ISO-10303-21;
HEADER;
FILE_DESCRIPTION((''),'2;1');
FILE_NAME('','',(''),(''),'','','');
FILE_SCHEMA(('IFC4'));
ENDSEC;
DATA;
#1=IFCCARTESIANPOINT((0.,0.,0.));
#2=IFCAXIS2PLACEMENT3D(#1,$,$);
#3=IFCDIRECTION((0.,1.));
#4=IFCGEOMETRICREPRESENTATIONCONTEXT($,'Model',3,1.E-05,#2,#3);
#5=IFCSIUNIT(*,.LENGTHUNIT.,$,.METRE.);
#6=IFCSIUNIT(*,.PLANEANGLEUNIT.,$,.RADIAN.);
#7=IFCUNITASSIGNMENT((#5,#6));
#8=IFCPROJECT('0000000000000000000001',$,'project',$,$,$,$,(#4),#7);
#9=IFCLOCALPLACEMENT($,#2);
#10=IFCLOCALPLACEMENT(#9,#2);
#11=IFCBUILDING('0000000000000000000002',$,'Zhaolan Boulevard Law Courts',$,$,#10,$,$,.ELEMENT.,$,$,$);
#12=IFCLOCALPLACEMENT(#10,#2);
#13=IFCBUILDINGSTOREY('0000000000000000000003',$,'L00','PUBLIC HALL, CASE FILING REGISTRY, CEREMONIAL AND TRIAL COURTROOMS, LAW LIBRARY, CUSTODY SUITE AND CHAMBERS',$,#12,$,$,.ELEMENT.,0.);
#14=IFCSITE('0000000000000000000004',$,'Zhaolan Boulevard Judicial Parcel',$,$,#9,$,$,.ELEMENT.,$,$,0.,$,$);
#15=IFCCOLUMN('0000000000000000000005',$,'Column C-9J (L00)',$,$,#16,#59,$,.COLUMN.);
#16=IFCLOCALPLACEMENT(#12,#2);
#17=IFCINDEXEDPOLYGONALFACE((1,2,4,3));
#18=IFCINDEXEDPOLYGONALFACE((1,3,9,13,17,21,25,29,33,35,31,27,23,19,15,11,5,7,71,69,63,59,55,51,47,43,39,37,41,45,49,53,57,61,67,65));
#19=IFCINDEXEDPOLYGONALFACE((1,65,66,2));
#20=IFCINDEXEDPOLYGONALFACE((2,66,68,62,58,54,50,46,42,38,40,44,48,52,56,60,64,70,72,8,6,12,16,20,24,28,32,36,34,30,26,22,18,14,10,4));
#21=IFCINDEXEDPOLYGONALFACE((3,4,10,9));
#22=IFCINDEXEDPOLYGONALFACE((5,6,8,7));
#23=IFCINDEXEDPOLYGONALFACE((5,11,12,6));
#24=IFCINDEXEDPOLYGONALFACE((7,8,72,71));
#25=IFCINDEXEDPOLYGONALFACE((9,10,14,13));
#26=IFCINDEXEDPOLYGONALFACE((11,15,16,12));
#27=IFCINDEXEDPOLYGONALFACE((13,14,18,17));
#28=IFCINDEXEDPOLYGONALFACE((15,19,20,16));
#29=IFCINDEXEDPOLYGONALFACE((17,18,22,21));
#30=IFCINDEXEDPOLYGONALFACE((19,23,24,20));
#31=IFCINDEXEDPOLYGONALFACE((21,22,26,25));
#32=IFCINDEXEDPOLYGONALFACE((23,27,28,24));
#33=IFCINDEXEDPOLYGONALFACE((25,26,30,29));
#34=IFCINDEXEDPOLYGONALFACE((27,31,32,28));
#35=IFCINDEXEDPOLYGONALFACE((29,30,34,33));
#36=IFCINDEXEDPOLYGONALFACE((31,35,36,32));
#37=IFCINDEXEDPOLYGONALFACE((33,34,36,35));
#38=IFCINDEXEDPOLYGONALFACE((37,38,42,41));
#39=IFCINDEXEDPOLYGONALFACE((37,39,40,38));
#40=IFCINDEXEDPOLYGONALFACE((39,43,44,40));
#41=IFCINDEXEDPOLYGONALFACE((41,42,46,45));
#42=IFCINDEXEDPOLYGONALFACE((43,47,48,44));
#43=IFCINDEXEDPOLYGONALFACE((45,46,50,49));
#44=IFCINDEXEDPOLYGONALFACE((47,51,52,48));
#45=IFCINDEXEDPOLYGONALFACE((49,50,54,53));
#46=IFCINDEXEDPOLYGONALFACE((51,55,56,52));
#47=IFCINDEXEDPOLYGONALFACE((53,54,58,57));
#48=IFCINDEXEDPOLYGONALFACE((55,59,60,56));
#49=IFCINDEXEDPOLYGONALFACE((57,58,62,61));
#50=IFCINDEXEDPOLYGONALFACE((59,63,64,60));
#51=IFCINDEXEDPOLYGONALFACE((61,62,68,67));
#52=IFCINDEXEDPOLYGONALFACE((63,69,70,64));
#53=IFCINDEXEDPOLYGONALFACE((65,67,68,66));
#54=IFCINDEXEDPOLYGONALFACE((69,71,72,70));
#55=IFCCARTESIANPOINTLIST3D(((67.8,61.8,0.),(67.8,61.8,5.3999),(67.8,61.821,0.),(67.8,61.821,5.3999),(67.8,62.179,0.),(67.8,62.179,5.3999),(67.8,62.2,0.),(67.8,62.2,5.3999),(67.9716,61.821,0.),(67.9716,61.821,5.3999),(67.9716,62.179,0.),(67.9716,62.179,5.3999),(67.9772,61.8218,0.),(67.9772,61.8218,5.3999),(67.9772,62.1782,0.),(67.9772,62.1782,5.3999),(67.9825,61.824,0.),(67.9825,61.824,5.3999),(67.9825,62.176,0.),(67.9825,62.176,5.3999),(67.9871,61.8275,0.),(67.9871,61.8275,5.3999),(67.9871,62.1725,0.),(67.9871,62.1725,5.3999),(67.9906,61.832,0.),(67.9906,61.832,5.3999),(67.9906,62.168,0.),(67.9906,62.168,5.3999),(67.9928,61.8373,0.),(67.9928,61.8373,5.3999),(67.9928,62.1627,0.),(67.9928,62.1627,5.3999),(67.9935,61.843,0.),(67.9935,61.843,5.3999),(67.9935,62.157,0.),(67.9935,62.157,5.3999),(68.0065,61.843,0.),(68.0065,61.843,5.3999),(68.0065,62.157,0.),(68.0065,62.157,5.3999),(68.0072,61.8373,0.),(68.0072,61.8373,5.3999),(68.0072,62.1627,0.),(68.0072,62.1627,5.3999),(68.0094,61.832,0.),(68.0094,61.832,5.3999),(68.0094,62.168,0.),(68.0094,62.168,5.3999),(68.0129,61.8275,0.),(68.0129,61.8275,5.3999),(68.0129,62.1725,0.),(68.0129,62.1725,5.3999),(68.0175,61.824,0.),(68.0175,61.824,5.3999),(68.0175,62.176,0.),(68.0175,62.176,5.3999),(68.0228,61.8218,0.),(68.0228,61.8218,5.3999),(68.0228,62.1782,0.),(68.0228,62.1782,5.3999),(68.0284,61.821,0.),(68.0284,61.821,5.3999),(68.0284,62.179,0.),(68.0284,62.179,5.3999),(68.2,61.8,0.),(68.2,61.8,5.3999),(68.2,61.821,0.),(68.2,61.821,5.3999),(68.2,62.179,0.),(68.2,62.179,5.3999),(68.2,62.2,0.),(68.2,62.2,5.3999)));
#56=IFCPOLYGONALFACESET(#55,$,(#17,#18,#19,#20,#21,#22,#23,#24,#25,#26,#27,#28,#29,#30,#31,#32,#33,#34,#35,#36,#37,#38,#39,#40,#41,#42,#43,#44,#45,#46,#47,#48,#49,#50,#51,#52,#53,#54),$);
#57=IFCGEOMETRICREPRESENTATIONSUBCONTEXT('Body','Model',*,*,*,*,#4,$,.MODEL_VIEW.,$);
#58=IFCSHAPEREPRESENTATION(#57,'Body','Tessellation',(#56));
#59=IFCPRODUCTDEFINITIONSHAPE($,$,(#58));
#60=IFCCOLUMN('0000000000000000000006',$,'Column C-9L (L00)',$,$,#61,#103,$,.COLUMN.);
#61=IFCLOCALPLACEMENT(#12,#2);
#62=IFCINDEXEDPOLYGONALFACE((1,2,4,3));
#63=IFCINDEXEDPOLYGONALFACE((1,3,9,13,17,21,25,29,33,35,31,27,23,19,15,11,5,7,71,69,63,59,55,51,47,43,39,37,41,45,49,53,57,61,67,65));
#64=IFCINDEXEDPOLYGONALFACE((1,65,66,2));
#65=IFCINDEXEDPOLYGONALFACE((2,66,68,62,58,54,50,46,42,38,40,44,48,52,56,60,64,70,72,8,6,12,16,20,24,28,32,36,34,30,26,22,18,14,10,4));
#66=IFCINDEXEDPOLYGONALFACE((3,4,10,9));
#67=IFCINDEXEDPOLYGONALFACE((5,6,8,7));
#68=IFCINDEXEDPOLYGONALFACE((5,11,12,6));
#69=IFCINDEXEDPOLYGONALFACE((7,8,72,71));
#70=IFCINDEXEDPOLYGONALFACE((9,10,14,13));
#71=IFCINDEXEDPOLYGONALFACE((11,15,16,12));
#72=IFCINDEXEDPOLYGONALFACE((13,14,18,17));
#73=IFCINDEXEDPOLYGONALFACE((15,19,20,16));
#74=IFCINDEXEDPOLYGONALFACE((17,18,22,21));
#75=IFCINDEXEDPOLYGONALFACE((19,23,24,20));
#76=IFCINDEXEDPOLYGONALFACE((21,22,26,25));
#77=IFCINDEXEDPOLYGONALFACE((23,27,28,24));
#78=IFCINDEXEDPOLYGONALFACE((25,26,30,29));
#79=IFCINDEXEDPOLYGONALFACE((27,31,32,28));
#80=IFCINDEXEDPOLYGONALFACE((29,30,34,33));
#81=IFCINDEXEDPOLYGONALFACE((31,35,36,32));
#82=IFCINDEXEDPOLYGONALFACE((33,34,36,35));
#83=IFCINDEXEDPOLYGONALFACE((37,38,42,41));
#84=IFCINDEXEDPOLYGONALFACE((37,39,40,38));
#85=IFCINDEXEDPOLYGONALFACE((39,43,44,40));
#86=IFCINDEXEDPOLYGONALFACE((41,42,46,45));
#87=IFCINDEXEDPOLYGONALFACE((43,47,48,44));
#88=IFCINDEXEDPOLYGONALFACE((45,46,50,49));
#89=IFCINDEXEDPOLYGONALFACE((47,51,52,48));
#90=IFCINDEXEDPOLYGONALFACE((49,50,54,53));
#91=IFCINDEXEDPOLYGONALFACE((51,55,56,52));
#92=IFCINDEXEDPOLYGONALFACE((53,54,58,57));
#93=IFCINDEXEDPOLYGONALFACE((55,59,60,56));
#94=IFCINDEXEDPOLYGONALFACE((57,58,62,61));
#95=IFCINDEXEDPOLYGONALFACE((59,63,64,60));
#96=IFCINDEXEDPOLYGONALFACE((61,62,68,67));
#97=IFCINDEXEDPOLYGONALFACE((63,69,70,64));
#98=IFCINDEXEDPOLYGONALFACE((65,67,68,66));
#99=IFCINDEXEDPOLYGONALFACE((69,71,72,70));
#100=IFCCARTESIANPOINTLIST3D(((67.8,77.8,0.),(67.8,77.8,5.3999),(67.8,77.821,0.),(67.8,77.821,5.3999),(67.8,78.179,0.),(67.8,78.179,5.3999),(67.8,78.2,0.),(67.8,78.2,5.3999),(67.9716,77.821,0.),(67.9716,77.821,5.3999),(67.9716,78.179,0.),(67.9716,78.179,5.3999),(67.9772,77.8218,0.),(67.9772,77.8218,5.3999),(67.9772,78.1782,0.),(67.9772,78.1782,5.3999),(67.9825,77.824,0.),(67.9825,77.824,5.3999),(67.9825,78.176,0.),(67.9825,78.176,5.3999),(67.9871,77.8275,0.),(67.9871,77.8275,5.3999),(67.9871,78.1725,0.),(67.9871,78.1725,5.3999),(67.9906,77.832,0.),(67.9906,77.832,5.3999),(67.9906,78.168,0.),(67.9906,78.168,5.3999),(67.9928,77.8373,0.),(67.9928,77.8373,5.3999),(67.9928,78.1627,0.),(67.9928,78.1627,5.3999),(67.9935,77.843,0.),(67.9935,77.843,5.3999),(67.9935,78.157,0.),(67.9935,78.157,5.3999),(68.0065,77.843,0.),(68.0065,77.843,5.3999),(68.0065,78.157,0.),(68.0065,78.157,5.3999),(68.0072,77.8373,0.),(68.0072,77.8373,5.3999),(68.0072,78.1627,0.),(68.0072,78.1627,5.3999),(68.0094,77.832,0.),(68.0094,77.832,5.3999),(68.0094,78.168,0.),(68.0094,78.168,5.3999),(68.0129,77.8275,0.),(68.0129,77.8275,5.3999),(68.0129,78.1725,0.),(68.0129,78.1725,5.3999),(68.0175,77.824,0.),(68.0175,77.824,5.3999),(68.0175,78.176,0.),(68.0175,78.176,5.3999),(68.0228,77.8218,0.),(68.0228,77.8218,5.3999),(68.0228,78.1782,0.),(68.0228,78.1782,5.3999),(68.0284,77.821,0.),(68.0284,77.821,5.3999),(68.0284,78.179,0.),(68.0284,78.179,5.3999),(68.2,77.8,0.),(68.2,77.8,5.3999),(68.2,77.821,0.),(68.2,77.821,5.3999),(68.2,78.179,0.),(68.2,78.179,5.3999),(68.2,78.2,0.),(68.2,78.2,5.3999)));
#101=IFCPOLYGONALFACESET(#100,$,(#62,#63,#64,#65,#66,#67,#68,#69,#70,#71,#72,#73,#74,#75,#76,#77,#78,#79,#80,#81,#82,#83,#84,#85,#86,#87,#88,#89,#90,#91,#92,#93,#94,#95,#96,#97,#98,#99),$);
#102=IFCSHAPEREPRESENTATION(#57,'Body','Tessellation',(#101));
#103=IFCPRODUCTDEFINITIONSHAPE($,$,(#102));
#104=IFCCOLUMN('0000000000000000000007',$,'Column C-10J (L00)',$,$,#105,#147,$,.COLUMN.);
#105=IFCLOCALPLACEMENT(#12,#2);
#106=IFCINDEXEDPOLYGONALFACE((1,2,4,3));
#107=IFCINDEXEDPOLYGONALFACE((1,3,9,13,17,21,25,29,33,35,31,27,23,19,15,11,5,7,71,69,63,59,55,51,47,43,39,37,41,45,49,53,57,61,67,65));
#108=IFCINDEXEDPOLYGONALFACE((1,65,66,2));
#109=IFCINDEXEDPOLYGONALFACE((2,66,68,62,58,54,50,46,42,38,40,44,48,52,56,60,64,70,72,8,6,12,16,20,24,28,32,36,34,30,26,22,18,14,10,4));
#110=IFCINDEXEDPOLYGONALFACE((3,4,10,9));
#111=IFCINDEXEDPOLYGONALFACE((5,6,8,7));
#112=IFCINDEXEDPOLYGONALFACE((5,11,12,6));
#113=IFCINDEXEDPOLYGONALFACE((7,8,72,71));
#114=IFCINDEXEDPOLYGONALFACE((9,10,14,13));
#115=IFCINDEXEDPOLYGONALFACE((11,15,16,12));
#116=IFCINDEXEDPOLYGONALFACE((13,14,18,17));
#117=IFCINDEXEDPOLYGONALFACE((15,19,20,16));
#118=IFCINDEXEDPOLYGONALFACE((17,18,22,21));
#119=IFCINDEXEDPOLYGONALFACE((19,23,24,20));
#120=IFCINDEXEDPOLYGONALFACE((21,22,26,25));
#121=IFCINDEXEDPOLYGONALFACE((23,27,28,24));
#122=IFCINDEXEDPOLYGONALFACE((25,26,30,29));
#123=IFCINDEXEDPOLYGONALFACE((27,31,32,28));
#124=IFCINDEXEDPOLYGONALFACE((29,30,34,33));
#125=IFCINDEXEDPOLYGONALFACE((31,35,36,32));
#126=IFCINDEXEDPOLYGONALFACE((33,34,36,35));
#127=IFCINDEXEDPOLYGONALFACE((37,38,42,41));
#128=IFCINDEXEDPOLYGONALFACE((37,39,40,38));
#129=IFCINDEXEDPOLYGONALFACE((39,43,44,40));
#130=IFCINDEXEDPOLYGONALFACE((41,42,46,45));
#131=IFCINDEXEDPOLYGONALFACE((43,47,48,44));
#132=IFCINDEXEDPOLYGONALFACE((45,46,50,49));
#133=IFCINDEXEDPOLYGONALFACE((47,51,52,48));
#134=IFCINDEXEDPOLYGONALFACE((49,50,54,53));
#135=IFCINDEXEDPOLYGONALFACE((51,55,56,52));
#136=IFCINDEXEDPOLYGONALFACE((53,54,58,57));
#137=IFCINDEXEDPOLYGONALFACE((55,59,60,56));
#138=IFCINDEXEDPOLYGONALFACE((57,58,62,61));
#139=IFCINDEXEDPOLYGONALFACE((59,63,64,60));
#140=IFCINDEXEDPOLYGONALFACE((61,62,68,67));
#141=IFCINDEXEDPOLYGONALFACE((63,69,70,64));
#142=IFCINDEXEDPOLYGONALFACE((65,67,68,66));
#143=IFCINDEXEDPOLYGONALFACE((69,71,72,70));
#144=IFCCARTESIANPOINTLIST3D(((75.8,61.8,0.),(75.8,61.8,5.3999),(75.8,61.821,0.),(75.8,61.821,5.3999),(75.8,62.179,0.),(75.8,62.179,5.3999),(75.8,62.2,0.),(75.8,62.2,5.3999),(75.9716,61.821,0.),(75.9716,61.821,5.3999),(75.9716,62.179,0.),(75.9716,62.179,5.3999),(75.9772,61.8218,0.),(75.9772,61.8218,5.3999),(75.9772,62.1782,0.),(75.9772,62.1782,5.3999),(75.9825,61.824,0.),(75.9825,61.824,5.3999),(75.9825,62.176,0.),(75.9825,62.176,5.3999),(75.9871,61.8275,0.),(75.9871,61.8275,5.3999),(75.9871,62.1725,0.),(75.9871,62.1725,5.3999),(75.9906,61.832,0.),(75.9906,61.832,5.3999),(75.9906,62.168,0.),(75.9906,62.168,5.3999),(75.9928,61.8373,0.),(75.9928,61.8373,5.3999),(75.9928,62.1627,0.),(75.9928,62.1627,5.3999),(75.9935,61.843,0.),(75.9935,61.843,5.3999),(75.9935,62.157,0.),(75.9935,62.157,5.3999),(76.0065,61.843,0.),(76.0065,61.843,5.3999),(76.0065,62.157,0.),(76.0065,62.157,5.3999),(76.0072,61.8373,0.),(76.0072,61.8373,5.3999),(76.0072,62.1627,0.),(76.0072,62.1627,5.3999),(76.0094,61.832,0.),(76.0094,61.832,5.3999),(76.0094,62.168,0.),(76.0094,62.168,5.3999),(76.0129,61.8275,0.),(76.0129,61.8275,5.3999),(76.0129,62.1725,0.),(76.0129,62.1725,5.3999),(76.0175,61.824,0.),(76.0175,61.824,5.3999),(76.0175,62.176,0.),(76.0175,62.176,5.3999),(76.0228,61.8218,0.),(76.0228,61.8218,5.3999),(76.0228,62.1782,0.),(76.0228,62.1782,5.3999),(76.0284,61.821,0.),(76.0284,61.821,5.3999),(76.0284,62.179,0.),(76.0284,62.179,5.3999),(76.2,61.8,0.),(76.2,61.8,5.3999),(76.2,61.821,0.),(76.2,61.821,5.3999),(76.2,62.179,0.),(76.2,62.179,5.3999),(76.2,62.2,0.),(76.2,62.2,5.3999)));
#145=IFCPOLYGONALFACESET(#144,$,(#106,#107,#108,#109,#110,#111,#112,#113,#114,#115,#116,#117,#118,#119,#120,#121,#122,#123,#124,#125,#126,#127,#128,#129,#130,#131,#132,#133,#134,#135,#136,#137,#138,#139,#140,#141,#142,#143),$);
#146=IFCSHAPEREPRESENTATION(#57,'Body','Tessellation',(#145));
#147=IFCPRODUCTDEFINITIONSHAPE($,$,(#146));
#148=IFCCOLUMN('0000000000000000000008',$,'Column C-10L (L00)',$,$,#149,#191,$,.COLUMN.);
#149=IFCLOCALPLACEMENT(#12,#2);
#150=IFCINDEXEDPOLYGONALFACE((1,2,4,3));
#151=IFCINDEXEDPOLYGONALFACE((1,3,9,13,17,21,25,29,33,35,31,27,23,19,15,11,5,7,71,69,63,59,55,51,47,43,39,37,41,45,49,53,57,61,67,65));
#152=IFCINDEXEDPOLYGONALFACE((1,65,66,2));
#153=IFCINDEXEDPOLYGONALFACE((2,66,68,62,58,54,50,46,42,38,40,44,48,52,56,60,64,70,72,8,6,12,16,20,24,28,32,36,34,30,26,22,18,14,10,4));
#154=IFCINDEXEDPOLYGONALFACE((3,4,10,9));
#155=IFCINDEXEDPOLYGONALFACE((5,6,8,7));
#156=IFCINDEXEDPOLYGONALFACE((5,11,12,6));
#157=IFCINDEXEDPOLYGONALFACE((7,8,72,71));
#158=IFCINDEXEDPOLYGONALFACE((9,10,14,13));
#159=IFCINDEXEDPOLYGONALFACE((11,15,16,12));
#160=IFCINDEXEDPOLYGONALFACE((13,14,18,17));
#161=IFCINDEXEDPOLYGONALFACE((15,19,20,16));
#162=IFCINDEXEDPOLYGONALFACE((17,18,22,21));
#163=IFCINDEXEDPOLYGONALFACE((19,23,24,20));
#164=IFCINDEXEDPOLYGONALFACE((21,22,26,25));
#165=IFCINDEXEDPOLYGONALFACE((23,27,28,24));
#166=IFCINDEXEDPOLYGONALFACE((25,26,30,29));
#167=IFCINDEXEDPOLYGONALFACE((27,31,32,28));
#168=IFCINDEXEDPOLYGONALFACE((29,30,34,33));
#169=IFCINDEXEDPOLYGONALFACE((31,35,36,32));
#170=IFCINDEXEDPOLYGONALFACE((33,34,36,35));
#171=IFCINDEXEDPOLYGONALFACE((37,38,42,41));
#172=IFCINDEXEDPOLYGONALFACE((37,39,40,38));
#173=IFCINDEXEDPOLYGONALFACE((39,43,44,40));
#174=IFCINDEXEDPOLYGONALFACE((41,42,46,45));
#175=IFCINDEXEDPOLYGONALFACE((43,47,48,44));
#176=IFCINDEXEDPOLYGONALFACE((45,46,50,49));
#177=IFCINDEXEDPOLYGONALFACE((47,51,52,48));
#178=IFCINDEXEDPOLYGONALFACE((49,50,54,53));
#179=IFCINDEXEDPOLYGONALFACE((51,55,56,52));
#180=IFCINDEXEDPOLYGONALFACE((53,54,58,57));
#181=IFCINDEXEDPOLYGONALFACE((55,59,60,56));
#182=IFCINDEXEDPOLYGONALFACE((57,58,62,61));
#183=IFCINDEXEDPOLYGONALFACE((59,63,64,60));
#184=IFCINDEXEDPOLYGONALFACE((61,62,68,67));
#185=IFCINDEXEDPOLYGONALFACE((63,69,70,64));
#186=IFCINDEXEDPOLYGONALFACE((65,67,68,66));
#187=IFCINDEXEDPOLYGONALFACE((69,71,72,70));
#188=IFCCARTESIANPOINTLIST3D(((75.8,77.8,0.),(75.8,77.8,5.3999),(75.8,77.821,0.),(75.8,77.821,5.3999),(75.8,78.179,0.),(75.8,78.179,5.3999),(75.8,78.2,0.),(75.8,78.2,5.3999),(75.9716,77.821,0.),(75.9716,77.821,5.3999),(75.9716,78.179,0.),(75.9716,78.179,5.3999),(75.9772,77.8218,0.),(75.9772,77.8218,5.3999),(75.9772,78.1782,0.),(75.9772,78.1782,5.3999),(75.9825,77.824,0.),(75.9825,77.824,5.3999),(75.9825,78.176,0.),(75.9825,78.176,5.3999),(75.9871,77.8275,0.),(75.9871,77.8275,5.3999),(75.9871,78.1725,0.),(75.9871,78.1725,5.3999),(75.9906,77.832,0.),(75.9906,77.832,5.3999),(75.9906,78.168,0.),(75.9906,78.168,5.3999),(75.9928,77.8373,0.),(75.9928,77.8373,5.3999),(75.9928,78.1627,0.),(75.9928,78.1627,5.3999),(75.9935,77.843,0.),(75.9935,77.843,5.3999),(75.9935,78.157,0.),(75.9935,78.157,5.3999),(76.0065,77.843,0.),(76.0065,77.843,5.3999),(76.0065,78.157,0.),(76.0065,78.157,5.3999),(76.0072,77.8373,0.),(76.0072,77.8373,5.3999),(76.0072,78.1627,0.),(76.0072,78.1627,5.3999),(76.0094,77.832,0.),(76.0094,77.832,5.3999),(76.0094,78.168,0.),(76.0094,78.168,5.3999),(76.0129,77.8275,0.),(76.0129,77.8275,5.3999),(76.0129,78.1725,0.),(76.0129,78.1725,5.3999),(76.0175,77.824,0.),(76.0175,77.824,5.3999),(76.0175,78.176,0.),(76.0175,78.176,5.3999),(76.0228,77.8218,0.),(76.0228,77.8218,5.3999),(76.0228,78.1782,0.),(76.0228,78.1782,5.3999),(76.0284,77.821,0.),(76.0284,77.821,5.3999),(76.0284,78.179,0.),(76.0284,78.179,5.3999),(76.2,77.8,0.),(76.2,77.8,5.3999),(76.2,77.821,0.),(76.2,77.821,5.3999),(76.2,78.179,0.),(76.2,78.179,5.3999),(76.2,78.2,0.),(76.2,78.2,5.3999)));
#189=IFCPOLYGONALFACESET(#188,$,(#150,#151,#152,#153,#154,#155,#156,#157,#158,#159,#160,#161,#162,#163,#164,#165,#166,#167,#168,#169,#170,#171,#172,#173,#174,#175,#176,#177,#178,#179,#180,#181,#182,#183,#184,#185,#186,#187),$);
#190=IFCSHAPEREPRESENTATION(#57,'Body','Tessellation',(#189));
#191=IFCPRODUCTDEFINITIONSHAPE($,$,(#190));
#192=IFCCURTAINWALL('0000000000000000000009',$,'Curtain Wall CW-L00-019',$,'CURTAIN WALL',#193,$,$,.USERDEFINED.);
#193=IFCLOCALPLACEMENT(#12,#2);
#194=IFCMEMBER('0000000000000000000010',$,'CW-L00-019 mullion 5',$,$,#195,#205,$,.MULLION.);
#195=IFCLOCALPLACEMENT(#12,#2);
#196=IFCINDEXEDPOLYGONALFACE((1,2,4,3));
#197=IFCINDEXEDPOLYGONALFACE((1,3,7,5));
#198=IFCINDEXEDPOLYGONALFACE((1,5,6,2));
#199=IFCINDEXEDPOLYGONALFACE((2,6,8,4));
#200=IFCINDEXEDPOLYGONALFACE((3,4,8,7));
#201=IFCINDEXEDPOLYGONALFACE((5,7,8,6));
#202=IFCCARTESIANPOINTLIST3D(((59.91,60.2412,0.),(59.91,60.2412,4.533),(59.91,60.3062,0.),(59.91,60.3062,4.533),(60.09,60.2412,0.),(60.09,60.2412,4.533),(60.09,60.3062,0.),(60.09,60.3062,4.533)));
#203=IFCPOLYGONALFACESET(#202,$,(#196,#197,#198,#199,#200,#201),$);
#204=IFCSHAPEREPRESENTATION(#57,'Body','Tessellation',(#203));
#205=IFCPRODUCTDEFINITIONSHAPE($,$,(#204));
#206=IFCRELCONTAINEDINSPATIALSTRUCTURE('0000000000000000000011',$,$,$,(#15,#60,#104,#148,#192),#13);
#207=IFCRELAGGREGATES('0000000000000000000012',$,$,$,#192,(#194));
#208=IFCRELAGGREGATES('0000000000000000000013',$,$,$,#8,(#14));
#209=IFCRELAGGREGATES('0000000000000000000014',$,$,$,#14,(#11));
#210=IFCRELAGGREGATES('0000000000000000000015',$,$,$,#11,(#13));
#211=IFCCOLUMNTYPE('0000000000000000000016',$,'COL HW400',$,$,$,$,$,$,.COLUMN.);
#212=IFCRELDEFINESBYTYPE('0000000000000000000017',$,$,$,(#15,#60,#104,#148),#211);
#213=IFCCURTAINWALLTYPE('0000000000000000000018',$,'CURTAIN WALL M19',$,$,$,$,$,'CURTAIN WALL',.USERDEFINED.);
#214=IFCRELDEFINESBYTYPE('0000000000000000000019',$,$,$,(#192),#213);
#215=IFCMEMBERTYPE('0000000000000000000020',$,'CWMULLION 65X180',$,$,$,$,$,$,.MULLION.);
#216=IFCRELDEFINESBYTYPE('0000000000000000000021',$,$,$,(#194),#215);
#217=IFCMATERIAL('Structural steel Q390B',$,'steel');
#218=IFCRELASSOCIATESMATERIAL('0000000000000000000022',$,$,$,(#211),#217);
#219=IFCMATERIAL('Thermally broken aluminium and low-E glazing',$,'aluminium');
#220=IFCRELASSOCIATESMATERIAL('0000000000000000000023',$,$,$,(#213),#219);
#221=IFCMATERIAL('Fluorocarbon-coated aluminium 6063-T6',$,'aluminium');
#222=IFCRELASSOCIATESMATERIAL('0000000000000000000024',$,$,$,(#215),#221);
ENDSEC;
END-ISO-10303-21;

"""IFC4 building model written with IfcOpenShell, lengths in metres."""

from ifc_helpers import new_model, si_unit, direction, frame, origin, origin_2d, place, context, subcontext, project, spatial, rectangle, i_section, extrude, material, material_profile, profile_set, type_object, element, aggregate, save


model = new_model("IFC4")

# Units and contexts
model_context = context("Model", 3, precision=1e-05, world=origin(), true_north=direction((0.0, 1.0)))
body_context = subcontext(model_context, "Body", "Model", "MODEL_VIEW")
ifc_project = project(units=[si_unit("LENGTHUNIT", "METRE"), si_unit("PLANEANGLEUNIT", "RADIAN")], contexts=[model_context])

# Site, building, storey
site_placement = place(None, origin())
site = spatial("IfcSite", under=ifc_project, at=site_placement, Name="Zhaolan Boulevard Judicial Parcel", CompositionType="ELEMENT", RefElevation=0.0)
building_placement = place(site_placement, origin())
building = spatial("IfcBuilding", under=site, at=building_placement, Name="Zhaolan Boulevard Law Courts", CompositionType="ELEMENT")
storey_placement = place(building_placement, origin())
storey = spatial("IfcBuildingStorey", under=building, at=storey_placement, Name="L00", Description="PUBLIC HALL, CASE FILING REGISTRY, CEREMONIAL AND TRIAL COURTROOMS, LAW LIBRARY, CUSTODY SUITE AND CHAMBERS", CompositionType="ELEMENT", Elevation=0.0)

# Columns
ifc_material_1 = material(Name="Structural steel Q390B", Category="steel")
ifc_material_profile_1 = material_profile(ifc_material_1, i_section(OverallWidth=0.3999, OverallDepth=0.3999, WebThickness=0.0129, FlangeThickness=0.021, FilletRadius=0.022, at=origin_2d()), Name="HW400x400")
ifc_profile_set_1 = profile_set([ifc_material_profile_1], Name="Structural steel Q390B")
column_type = type_object("IfcColumnType", Name="COL HW400", PredefinedType="COLUMN", material=ifc_profile_set_1)
for number, where, z_axis, x_axis, name in (
    (1, (68.0, 62.0, 0.0), (0.0, 0.0, 1.0), (1.0, 0.0, 0.0), "Column C-9J (L00)"),
    (2, (68.0, 78.0, 0.0), (0.0, 0.0, 1.0), (1.0, 0.0, 0.0), "Column C-9L (L00)"),
    (3, (76.0, 62.0, 0.0), (0.0, 0.0, 1.0), (1.0, 0.0, 0.0), "Column C-10J (L00)"),
    (4, (76.0, 78.0, 0.0), (0.0, 0.0, 1.0), (1.0, 0.0, 0.0), "Column C-10L (L00)"),
):
    element("IfcColumn", number, at=place(storey_placement, frame(where, z_axis=z_axis, x_axis=x_axis)), inside=storey, type_object=column_type, Name=name, PredefinedType="COLUMN", context=body_context, shape_type="SweptSolid", body=[
        extrude(i_section(OverallWidth=0.3999, OverallDepth=0.3999, WebThickness=0.0129, FlangeThickness=0.021, FilletRadius=0.022, at=origin_2d()), origin(), (0.0, 0.0, 1.0), 5.3999),
    ])

# Curtain wall, member
ifc_material_2 = material(Name="Thermally broken aluminium and low-E glazing", Category="aluminium")
curtain_wall_type = type_object("IfcCurtainWallType", Name="CURTAIN WALL M19", ElementType="CURTAIN WALL", PredefinedType="USERDEFINED", material=ifc_material_2)
curtain_wall_placement = place(storey_placement, origin())
curtain_wall = element("IfcCurtainWall", 5, at=curtain_wall_placement, inside=storey, type_object=curtain_wall_type, Name="Curtain Wall CW-L00-019", ObjectType="CURTAIN WALL", PredefinedType="USERDEFINED")
ifc_material_3 = material(Name="Fluorocarbon-coated aluminium 6063-T6", Category="aluminium")
ifc_material_profile_2 = material_profile(ifc_material_3, rectangle(XDim=0.1799, YDim=0.0649, at=origin_2d()), Name="AL65x180")
ifc_profile_set_2 = profile_set([ifc_material_profile_2], Name="Fluorocarbon-coated aluminium 6063-T6")
member_type_1 = type_object("IfcMemberType", Name="CWMULLION 65X180", PredefinedType="MULLION", material=ifc_profile_set_2)
member_1_placement = place(storey_placement, frame((60.0, 60.2737, 0.0), z_axis=(0.0, 0.0, 1.0), x_axis=(-1.0, 0.0, 0.0)))
member_1 = element("IfcMember", 6, at=member_1_placement, type_object=member_type_1, Name="CW-L00-019 mullion 5", PredefinedType="MULLION", context=body_context, shape_type="SweptSolid", body=[
    extrude(rectangle(XDim=0.1799, YDim=0.0649, at=origin_2d()), origin(), (0.0, 0.0, 1.0), 4.533),
])

aggregate(curtain_wall, [member_1])

save(model, "model.ifc")
